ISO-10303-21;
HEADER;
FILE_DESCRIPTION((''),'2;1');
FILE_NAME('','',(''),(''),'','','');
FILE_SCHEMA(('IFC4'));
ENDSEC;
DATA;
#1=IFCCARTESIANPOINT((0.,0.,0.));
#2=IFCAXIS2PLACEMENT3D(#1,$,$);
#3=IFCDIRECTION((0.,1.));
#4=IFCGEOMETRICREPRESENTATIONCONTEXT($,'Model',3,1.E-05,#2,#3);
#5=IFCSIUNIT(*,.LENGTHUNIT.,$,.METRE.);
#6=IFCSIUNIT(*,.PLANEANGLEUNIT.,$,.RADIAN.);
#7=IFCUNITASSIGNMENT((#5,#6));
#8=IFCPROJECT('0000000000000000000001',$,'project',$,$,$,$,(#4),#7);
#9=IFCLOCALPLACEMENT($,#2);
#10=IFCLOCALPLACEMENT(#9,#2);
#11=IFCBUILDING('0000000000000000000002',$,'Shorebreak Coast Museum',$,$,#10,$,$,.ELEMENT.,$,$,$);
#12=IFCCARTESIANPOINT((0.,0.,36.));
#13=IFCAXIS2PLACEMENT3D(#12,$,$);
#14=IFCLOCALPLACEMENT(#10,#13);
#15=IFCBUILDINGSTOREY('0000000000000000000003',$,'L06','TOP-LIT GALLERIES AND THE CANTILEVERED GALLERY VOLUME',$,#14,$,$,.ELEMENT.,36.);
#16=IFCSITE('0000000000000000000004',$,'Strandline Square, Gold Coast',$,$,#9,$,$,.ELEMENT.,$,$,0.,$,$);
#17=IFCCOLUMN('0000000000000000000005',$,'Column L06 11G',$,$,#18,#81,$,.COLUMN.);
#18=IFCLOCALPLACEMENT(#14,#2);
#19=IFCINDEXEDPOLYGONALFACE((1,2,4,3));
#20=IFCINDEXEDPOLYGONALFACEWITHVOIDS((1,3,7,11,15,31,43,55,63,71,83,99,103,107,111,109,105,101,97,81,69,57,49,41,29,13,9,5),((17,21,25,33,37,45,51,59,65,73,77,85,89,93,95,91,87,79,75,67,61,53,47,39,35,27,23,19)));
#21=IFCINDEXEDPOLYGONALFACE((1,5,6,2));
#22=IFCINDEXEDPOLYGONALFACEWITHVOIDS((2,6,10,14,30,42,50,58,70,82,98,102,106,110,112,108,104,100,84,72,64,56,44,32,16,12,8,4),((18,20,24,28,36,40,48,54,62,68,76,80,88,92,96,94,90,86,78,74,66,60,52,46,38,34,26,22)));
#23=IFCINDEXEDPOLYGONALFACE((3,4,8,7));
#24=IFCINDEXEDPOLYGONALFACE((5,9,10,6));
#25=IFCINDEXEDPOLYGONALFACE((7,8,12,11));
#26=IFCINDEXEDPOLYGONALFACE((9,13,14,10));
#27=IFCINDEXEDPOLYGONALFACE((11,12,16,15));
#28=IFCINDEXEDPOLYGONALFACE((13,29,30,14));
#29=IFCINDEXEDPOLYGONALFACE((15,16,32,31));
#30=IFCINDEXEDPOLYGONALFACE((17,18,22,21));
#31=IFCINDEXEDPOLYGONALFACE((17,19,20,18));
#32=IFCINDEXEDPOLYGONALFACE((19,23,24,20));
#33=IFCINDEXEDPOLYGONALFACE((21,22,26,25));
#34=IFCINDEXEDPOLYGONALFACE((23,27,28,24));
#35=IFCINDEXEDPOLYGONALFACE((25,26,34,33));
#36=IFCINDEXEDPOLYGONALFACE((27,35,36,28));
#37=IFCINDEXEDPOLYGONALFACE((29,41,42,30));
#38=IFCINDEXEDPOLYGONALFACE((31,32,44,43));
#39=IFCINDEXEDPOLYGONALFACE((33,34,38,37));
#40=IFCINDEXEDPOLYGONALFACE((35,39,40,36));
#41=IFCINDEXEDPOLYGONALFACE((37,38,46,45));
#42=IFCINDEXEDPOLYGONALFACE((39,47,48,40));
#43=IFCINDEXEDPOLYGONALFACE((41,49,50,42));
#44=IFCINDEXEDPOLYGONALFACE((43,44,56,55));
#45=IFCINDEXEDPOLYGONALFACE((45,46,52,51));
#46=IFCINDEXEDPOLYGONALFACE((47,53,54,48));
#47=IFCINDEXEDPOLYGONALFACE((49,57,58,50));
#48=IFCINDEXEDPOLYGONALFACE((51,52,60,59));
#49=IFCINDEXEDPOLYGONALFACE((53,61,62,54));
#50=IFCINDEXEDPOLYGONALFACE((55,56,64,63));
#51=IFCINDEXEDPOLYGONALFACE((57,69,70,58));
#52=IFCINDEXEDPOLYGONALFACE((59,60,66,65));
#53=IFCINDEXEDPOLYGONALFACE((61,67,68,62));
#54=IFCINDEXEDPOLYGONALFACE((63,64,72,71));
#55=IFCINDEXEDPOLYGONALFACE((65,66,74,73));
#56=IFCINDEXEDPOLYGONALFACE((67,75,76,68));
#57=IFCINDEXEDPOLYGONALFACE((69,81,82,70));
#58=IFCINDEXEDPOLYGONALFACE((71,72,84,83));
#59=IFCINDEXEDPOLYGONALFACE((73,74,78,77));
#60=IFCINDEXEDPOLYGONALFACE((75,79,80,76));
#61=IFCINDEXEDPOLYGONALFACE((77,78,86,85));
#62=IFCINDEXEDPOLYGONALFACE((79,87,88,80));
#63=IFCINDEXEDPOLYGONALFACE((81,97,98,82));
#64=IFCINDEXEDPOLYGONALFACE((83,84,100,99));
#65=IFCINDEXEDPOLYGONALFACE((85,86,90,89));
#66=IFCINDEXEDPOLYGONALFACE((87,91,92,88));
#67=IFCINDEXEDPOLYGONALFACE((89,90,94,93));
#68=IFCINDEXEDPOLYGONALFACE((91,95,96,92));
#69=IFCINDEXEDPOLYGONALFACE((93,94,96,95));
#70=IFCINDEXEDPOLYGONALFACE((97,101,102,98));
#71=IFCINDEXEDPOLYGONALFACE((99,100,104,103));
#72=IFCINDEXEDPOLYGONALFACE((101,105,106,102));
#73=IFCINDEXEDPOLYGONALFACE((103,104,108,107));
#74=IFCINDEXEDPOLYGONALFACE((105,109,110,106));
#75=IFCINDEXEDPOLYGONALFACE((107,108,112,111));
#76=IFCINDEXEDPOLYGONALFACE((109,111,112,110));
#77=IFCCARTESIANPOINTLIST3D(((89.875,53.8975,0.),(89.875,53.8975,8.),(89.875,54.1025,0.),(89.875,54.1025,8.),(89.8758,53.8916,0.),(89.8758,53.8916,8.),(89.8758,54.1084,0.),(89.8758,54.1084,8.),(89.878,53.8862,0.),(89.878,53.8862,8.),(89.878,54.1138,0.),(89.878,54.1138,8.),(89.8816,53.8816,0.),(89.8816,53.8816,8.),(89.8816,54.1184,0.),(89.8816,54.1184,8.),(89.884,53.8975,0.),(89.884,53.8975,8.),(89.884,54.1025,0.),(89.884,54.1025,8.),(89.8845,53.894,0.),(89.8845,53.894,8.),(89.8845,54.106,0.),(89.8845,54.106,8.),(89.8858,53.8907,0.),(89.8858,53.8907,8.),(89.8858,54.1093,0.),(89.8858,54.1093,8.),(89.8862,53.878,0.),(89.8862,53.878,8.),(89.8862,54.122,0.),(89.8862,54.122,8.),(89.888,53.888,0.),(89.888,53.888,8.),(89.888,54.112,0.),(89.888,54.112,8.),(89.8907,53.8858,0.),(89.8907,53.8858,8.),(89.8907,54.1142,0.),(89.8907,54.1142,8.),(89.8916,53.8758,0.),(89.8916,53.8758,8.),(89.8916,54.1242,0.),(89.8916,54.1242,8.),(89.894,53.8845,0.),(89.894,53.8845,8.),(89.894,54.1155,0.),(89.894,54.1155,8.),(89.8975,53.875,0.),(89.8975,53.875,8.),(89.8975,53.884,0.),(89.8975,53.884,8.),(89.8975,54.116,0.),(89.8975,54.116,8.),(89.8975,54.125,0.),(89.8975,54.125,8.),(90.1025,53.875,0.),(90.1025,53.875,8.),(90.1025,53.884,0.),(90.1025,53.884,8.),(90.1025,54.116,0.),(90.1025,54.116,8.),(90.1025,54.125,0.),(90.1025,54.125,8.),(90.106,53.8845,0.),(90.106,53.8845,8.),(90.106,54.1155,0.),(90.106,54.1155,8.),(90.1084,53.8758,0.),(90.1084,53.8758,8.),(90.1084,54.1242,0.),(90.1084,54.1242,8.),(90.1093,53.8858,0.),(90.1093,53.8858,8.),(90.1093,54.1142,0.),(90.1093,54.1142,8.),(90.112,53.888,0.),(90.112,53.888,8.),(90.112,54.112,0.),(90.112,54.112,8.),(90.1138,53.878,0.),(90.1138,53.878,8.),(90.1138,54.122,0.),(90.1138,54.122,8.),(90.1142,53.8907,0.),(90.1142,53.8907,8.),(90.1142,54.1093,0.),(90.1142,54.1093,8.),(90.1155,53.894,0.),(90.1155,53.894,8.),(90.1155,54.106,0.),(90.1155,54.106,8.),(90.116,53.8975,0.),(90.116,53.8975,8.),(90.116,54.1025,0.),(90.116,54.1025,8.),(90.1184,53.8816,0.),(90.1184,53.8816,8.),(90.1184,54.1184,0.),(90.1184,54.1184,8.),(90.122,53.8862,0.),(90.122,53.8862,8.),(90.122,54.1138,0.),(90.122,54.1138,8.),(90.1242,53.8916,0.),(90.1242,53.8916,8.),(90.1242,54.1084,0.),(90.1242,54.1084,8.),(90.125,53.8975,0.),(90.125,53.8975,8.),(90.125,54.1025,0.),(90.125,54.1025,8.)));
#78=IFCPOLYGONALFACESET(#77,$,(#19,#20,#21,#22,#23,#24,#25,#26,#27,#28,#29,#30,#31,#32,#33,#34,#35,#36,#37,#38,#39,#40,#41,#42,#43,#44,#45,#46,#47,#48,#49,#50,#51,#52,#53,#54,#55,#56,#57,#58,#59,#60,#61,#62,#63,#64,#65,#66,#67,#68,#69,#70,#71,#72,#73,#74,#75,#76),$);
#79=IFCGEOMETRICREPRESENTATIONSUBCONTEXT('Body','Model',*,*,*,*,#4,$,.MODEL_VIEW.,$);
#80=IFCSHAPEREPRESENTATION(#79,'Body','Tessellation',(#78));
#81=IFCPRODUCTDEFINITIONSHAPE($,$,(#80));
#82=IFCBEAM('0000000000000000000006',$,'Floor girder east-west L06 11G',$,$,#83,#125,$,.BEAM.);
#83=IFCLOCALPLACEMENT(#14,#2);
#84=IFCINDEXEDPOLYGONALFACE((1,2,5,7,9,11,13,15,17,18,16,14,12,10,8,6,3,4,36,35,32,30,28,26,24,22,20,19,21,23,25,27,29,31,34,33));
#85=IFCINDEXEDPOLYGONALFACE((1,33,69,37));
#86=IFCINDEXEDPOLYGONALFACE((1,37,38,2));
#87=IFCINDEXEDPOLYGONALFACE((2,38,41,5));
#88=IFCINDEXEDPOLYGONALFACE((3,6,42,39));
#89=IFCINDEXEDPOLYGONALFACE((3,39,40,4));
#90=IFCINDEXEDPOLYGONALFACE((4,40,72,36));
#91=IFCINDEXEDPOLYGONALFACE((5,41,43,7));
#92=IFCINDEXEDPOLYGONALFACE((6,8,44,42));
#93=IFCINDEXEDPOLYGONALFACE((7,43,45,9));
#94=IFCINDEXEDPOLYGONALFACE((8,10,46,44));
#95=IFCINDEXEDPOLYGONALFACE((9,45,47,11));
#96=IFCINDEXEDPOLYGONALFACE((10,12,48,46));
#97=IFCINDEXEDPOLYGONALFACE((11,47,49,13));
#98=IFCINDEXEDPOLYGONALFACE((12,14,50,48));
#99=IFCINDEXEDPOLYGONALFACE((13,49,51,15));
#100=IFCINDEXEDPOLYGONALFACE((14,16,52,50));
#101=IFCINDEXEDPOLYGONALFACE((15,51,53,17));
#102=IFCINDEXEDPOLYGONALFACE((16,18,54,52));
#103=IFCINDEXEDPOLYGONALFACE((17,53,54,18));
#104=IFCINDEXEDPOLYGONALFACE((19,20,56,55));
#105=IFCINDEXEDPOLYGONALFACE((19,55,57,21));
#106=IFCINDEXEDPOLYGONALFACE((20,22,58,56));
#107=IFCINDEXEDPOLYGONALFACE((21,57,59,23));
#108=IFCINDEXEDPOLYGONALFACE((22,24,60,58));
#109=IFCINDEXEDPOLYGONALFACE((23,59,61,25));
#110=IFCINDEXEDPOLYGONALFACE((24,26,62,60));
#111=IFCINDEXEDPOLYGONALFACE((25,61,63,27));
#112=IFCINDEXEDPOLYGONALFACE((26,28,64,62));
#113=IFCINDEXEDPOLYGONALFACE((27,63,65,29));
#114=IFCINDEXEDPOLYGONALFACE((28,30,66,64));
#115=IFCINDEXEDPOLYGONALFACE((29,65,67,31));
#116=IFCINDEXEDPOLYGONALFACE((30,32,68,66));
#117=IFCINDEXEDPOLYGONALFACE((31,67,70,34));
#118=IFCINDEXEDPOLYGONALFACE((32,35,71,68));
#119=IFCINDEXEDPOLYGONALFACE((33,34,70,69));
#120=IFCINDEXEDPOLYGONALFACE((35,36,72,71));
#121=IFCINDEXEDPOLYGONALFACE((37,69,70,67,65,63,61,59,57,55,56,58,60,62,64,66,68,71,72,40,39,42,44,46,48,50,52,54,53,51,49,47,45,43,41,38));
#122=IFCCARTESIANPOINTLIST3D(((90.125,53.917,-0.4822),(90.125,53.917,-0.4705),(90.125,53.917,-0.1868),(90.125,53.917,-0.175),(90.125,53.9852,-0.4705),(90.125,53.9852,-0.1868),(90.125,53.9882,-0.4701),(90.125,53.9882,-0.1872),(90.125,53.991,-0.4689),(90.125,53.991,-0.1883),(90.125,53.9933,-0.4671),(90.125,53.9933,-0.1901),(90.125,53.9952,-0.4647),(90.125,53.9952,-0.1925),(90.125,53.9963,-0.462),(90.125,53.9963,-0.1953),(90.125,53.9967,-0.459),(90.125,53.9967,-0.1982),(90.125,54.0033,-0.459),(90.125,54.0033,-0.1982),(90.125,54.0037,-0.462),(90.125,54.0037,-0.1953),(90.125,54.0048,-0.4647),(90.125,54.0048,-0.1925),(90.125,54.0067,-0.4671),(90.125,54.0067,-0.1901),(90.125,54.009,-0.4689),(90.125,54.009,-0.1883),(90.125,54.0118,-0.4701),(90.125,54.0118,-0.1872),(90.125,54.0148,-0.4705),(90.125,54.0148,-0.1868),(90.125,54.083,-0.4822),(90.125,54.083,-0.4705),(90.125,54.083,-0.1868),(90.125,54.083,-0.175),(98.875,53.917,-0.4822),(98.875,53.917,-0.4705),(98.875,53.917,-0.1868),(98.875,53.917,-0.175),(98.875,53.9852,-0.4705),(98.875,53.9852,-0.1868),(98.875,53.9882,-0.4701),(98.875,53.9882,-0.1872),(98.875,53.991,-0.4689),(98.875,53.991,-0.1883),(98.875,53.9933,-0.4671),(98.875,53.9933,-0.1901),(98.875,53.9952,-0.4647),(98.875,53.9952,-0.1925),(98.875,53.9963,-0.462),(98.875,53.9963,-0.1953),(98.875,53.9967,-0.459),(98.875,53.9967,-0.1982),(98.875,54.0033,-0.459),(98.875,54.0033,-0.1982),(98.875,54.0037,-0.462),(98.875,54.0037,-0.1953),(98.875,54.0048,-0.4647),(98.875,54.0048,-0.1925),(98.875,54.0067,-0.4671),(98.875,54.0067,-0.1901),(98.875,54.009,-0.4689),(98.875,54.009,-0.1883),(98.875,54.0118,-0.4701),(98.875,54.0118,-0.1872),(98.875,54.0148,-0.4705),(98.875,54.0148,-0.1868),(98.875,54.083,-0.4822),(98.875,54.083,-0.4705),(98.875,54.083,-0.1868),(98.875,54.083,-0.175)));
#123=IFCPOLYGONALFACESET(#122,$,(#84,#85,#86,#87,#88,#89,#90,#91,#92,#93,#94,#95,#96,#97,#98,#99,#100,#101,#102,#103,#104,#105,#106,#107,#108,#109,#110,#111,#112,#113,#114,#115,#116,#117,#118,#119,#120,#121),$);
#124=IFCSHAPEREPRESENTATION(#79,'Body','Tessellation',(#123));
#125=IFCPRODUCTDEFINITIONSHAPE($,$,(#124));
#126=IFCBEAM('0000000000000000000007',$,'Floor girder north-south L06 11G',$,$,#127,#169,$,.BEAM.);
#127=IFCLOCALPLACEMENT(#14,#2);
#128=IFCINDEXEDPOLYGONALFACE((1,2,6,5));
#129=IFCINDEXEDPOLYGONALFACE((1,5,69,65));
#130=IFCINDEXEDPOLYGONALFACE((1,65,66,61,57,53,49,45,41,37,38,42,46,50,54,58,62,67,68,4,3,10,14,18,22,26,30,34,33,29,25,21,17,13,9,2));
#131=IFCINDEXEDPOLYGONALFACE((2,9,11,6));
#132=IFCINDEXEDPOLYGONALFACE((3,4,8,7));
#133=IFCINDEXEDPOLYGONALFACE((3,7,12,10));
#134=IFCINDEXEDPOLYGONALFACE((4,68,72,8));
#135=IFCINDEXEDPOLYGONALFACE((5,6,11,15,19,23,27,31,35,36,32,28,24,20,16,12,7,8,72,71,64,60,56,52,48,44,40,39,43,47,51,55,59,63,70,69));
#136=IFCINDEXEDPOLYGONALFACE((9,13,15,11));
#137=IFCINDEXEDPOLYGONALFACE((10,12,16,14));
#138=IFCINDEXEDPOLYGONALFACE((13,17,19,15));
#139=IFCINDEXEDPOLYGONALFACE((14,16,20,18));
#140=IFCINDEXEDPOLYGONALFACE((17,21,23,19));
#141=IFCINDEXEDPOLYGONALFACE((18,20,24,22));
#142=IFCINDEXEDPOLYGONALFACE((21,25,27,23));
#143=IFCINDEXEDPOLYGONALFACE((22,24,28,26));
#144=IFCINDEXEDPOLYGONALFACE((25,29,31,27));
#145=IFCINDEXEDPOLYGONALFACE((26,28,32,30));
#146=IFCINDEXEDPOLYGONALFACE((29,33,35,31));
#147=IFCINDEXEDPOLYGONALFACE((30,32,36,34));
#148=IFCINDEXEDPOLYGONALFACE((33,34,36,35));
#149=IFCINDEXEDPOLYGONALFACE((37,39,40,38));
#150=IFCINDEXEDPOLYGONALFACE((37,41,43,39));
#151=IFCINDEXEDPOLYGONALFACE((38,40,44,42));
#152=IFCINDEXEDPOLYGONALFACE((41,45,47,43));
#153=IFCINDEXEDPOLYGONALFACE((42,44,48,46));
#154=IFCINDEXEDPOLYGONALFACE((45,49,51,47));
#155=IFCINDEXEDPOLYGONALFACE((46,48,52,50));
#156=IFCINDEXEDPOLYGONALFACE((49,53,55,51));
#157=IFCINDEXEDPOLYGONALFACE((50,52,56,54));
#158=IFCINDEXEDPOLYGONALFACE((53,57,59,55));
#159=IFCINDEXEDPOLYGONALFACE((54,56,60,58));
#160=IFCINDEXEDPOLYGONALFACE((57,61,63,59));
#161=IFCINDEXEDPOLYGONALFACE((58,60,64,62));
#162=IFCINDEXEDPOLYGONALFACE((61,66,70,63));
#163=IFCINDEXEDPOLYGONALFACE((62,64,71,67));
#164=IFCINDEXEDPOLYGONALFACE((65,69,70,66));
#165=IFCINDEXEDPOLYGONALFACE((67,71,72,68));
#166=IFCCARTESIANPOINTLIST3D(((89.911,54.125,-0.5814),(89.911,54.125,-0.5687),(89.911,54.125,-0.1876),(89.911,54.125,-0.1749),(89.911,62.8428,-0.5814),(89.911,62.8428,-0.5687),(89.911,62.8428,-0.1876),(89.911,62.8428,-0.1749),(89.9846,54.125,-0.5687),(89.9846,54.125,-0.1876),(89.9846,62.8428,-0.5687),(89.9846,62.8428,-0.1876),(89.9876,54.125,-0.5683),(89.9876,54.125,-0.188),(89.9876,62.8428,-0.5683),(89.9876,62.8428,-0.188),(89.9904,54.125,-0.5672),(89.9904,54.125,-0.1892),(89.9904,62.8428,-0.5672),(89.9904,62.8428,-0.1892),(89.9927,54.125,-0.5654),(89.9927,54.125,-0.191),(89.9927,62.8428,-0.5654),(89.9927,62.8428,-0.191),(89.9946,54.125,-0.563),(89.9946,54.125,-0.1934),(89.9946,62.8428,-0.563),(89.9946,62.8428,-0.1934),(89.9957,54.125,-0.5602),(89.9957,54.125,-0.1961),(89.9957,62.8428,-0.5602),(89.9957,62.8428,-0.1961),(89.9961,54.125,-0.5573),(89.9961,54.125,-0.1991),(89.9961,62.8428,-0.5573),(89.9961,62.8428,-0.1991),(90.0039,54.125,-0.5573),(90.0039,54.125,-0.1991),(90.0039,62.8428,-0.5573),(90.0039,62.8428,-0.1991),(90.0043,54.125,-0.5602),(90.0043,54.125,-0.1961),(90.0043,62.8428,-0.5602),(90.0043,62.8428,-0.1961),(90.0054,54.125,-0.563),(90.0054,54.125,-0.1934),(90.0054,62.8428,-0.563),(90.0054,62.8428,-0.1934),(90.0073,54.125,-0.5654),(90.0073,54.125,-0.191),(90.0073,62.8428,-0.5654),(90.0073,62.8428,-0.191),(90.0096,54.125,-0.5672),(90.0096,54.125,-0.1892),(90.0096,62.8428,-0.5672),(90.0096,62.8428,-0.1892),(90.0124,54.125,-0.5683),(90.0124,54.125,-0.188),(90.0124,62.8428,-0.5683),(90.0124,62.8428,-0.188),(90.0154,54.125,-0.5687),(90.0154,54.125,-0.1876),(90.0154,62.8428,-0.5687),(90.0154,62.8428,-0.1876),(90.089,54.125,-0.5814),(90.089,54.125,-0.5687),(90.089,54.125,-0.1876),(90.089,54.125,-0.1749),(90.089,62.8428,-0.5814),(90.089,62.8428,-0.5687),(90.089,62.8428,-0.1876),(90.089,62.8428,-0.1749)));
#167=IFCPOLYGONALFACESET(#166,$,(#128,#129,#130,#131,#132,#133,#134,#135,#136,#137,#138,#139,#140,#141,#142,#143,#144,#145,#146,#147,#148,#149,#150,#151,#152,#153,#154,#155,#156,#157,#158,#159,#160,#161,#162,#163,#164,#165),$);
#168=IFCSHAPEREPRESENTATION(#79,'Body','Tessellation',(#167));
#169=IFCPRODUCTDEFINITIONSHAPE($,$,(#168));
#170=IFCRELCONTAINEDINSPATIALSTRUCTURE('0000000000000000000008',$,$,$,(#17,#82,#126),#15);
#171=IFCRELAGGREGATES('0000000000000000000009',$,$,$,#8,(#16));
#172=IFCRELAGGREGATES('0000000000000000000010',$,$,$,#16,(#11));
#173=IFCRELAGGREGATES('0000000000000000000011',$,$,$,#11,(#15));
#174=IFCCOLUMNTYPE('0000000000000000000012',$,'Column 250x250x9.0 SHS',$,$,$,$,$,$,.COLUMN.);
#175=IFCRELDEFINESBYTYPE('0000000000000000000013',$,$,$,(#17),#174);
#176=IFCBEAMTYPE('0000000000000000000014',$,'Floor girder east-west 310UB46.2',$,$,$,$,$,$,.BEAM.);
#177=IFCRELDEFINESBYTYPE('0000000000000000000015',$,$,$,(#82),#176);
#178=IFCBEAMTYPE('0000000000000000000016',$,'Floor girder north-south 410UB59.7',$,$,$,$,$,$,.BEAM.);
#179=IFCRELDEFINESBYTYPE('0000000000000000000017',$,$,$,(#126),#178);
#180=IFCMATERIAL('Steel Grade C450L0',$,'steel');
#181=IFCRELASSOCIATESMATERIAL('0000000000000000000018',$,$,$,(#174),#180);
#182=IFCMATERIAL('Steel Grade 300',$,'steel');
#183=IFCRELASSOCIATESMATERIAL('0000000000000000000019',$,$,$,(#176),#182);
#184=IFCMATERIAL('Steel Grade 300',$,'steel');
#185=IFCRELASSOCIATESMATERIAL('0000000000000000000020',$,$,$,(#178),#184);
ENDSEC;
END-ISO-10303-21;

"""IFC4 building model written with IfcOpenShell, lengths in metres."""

from ifc_helpers import new_model, si_unit, direction, frame, origin, origin_2d, place, context, subcontext, project, spatial, hollow_rectangle, i_section, extrude, material, material_profile, profile_set, type_object, element, save


model = new_model("IFC4")

# Units and contexts
model_context = context("Model", 3, precision=1e-05, world=origin(), true_north=direction((0.0, 1.0)))
body_context = subcontext(model_context, "Body", "Model", "MODEL_VIEW")
ifc_project = project(units=[si_unit("LENGTHUNIT", "METRE"), si_unit("PLANEANGLEUNIT", "RADIAN")], contexts=[model_context])

# Site, building, storey
site_placement = place(None, origin())
site = spatial("IfcSite", under=ifc_project, at=site_placement, Name="Strandline Square, Gold Coast", CompositionType="ELEMENT", RefElevation=0.0)
building_placement = place(site_placement, origin())
building = spatial("IfcBuilding", under=site, at=building_placement, Name="Shorebreak Coast Museum", CompositionType="ELEMENT")
storey_placement = place(building_placement, frame((0.0, 0.0, 36.0)))
storey = spatial("IfcBuildingStorey", under=building, at=storey_placement, Name="L06", Description="TOP-LIT GALLERIES AND THE CANTILEVERED GALLERY VOLUME", CompositionType="ELEMENT", Elevation=36.0)

# Column
ifc_material_1 = material(Name="Steel Grade C450L0", Category="steel")
ifc_material_profile_1 = material_profile(ifc_material_1, hollow_rectangle(XDim=0.25, YDim=0.25, WallThickness=0.009, InnerFilletRadius=0.0134, OuterFilletRadius=0.0225, at=origin_2d()), Name="250x250x9.0 SHS")
ifc_profile_set_1 = profile_set([ifc_material_profile_1], Name="Steel Grade C450L0")
column_type = type_object("IfcColumnType", Name="Column 250x250x9.0 SHS", PredefinedType="COLUMN", material=ifc_profile_set_1)
column_placement = place(storey_placement, frame((90.0, 54.0, 0.0), z_axis=(0.0, 0.0, 1.0), x_axis=(1.0, 0.0, 0.0)))
element("IfcColumn", 1, at=column_placement, inside=storey, type_object=column_type, Name="Column L06 11G", PredefinedType="COLUMN", context=body_context, shape_type="SweptSolid", body=[
    extrude(hollow_rectangle(XDim=0.25, YDim=0.25, WallThickness=0.009, InnerFilletRadius=0.0134, OuterFilletRadius=0.0225, at=origin_2d()), origin(), (0.0, 0.0, 1.0), 8.0),
])

# Beams
ifc_material_2 = material(Name="Steel Grade 300", Category="steel")
ifc_material_profile_2 = material_profile(ifc_material_2, i_section(OverallWidth=0.166, OverallDepth=0.3071, WebThickness=0.0066, FlangeThickness=0.0117, FilletRadius=0.0115, at=origin_2d()), Name="310UB46.2")
ifc_profile_set_2 = profile_set([ifc_material_profile_2], Name="Steel Grade 300")
beam_type_1 = type_object("IfcBeamType", Name="Floor girder east-west 310UB46.2", PredefinedType="BEAM", material=ifc_profile_set_2)
beam_1_placement = place(storey_placement, frame((90.125, 54.0, -0.3286), z_axis=(1.0, 0.0, 0.0), x_axis=(0.0, 1.0, 0.0)))
element("IfcBeam", 2, at=beam_1_placement, inside=storey, type_object=beam_type_1, Name="Floor girder east-west L06 11G", PredefinedType="BEAM", context=body_context, shape_type="SweptSolid", body=[
    extrude(i_section(OverallWidth=0.166, OverallDepth=0.3071, WebThickness=0.0066, FlangeThickness=0.0117, FilletRadius=0.0115, at=origin_2d()), origin(), (0.0, 0.0, 1.0), 8.75),
])
ifc_material_3 = material(Name="Steel Grade 300", Category="steel")
ifc_material_profile_3 = material_profile(ifc_material_3, i_section(OverallWidth=0.178, OverallDepth=0.4065, WebThickness=0.0078, FlangeThickness=0.0127, FilletRadius=0.0115, at=origin_2d()), Name="410UB59.7")
ifc_profile_set_3 = profile_set([ifc_material_profile_3], Name="Steel Grade 300")
beam_type_2 = type_object("IfcBeamType", Name="Floor girder north-south 410UB59.7", PredefinedType="BEAM", material=ifc_profile_set_3)
beam_2_placement = place(storey_placement, frame((90.0, 54.125, -0.3782), z_axis=(0.0, 1.0, 0.0), x_axis=(-1.0, 0.0, 0.0)))
element("IfcBeam", 3, at=beam_2_placement, inside=storey, type_object=beam_type_2, Name="Floor girder north-south L06 11G", PredefinedType="BEAM", context=body_context, shape_type="SweptSolid", body=[
    extrude(i_section(OverallWidth=0.178, OverallDepth=0.4065, WebThickness=0.0078, FlangeThickness=0.0127, FilletRadius=0.0115, at=origin_2d()), origin(), (0.0, 0.0, 1.0), 8.7178),
])

save(model, "model.ifc")
